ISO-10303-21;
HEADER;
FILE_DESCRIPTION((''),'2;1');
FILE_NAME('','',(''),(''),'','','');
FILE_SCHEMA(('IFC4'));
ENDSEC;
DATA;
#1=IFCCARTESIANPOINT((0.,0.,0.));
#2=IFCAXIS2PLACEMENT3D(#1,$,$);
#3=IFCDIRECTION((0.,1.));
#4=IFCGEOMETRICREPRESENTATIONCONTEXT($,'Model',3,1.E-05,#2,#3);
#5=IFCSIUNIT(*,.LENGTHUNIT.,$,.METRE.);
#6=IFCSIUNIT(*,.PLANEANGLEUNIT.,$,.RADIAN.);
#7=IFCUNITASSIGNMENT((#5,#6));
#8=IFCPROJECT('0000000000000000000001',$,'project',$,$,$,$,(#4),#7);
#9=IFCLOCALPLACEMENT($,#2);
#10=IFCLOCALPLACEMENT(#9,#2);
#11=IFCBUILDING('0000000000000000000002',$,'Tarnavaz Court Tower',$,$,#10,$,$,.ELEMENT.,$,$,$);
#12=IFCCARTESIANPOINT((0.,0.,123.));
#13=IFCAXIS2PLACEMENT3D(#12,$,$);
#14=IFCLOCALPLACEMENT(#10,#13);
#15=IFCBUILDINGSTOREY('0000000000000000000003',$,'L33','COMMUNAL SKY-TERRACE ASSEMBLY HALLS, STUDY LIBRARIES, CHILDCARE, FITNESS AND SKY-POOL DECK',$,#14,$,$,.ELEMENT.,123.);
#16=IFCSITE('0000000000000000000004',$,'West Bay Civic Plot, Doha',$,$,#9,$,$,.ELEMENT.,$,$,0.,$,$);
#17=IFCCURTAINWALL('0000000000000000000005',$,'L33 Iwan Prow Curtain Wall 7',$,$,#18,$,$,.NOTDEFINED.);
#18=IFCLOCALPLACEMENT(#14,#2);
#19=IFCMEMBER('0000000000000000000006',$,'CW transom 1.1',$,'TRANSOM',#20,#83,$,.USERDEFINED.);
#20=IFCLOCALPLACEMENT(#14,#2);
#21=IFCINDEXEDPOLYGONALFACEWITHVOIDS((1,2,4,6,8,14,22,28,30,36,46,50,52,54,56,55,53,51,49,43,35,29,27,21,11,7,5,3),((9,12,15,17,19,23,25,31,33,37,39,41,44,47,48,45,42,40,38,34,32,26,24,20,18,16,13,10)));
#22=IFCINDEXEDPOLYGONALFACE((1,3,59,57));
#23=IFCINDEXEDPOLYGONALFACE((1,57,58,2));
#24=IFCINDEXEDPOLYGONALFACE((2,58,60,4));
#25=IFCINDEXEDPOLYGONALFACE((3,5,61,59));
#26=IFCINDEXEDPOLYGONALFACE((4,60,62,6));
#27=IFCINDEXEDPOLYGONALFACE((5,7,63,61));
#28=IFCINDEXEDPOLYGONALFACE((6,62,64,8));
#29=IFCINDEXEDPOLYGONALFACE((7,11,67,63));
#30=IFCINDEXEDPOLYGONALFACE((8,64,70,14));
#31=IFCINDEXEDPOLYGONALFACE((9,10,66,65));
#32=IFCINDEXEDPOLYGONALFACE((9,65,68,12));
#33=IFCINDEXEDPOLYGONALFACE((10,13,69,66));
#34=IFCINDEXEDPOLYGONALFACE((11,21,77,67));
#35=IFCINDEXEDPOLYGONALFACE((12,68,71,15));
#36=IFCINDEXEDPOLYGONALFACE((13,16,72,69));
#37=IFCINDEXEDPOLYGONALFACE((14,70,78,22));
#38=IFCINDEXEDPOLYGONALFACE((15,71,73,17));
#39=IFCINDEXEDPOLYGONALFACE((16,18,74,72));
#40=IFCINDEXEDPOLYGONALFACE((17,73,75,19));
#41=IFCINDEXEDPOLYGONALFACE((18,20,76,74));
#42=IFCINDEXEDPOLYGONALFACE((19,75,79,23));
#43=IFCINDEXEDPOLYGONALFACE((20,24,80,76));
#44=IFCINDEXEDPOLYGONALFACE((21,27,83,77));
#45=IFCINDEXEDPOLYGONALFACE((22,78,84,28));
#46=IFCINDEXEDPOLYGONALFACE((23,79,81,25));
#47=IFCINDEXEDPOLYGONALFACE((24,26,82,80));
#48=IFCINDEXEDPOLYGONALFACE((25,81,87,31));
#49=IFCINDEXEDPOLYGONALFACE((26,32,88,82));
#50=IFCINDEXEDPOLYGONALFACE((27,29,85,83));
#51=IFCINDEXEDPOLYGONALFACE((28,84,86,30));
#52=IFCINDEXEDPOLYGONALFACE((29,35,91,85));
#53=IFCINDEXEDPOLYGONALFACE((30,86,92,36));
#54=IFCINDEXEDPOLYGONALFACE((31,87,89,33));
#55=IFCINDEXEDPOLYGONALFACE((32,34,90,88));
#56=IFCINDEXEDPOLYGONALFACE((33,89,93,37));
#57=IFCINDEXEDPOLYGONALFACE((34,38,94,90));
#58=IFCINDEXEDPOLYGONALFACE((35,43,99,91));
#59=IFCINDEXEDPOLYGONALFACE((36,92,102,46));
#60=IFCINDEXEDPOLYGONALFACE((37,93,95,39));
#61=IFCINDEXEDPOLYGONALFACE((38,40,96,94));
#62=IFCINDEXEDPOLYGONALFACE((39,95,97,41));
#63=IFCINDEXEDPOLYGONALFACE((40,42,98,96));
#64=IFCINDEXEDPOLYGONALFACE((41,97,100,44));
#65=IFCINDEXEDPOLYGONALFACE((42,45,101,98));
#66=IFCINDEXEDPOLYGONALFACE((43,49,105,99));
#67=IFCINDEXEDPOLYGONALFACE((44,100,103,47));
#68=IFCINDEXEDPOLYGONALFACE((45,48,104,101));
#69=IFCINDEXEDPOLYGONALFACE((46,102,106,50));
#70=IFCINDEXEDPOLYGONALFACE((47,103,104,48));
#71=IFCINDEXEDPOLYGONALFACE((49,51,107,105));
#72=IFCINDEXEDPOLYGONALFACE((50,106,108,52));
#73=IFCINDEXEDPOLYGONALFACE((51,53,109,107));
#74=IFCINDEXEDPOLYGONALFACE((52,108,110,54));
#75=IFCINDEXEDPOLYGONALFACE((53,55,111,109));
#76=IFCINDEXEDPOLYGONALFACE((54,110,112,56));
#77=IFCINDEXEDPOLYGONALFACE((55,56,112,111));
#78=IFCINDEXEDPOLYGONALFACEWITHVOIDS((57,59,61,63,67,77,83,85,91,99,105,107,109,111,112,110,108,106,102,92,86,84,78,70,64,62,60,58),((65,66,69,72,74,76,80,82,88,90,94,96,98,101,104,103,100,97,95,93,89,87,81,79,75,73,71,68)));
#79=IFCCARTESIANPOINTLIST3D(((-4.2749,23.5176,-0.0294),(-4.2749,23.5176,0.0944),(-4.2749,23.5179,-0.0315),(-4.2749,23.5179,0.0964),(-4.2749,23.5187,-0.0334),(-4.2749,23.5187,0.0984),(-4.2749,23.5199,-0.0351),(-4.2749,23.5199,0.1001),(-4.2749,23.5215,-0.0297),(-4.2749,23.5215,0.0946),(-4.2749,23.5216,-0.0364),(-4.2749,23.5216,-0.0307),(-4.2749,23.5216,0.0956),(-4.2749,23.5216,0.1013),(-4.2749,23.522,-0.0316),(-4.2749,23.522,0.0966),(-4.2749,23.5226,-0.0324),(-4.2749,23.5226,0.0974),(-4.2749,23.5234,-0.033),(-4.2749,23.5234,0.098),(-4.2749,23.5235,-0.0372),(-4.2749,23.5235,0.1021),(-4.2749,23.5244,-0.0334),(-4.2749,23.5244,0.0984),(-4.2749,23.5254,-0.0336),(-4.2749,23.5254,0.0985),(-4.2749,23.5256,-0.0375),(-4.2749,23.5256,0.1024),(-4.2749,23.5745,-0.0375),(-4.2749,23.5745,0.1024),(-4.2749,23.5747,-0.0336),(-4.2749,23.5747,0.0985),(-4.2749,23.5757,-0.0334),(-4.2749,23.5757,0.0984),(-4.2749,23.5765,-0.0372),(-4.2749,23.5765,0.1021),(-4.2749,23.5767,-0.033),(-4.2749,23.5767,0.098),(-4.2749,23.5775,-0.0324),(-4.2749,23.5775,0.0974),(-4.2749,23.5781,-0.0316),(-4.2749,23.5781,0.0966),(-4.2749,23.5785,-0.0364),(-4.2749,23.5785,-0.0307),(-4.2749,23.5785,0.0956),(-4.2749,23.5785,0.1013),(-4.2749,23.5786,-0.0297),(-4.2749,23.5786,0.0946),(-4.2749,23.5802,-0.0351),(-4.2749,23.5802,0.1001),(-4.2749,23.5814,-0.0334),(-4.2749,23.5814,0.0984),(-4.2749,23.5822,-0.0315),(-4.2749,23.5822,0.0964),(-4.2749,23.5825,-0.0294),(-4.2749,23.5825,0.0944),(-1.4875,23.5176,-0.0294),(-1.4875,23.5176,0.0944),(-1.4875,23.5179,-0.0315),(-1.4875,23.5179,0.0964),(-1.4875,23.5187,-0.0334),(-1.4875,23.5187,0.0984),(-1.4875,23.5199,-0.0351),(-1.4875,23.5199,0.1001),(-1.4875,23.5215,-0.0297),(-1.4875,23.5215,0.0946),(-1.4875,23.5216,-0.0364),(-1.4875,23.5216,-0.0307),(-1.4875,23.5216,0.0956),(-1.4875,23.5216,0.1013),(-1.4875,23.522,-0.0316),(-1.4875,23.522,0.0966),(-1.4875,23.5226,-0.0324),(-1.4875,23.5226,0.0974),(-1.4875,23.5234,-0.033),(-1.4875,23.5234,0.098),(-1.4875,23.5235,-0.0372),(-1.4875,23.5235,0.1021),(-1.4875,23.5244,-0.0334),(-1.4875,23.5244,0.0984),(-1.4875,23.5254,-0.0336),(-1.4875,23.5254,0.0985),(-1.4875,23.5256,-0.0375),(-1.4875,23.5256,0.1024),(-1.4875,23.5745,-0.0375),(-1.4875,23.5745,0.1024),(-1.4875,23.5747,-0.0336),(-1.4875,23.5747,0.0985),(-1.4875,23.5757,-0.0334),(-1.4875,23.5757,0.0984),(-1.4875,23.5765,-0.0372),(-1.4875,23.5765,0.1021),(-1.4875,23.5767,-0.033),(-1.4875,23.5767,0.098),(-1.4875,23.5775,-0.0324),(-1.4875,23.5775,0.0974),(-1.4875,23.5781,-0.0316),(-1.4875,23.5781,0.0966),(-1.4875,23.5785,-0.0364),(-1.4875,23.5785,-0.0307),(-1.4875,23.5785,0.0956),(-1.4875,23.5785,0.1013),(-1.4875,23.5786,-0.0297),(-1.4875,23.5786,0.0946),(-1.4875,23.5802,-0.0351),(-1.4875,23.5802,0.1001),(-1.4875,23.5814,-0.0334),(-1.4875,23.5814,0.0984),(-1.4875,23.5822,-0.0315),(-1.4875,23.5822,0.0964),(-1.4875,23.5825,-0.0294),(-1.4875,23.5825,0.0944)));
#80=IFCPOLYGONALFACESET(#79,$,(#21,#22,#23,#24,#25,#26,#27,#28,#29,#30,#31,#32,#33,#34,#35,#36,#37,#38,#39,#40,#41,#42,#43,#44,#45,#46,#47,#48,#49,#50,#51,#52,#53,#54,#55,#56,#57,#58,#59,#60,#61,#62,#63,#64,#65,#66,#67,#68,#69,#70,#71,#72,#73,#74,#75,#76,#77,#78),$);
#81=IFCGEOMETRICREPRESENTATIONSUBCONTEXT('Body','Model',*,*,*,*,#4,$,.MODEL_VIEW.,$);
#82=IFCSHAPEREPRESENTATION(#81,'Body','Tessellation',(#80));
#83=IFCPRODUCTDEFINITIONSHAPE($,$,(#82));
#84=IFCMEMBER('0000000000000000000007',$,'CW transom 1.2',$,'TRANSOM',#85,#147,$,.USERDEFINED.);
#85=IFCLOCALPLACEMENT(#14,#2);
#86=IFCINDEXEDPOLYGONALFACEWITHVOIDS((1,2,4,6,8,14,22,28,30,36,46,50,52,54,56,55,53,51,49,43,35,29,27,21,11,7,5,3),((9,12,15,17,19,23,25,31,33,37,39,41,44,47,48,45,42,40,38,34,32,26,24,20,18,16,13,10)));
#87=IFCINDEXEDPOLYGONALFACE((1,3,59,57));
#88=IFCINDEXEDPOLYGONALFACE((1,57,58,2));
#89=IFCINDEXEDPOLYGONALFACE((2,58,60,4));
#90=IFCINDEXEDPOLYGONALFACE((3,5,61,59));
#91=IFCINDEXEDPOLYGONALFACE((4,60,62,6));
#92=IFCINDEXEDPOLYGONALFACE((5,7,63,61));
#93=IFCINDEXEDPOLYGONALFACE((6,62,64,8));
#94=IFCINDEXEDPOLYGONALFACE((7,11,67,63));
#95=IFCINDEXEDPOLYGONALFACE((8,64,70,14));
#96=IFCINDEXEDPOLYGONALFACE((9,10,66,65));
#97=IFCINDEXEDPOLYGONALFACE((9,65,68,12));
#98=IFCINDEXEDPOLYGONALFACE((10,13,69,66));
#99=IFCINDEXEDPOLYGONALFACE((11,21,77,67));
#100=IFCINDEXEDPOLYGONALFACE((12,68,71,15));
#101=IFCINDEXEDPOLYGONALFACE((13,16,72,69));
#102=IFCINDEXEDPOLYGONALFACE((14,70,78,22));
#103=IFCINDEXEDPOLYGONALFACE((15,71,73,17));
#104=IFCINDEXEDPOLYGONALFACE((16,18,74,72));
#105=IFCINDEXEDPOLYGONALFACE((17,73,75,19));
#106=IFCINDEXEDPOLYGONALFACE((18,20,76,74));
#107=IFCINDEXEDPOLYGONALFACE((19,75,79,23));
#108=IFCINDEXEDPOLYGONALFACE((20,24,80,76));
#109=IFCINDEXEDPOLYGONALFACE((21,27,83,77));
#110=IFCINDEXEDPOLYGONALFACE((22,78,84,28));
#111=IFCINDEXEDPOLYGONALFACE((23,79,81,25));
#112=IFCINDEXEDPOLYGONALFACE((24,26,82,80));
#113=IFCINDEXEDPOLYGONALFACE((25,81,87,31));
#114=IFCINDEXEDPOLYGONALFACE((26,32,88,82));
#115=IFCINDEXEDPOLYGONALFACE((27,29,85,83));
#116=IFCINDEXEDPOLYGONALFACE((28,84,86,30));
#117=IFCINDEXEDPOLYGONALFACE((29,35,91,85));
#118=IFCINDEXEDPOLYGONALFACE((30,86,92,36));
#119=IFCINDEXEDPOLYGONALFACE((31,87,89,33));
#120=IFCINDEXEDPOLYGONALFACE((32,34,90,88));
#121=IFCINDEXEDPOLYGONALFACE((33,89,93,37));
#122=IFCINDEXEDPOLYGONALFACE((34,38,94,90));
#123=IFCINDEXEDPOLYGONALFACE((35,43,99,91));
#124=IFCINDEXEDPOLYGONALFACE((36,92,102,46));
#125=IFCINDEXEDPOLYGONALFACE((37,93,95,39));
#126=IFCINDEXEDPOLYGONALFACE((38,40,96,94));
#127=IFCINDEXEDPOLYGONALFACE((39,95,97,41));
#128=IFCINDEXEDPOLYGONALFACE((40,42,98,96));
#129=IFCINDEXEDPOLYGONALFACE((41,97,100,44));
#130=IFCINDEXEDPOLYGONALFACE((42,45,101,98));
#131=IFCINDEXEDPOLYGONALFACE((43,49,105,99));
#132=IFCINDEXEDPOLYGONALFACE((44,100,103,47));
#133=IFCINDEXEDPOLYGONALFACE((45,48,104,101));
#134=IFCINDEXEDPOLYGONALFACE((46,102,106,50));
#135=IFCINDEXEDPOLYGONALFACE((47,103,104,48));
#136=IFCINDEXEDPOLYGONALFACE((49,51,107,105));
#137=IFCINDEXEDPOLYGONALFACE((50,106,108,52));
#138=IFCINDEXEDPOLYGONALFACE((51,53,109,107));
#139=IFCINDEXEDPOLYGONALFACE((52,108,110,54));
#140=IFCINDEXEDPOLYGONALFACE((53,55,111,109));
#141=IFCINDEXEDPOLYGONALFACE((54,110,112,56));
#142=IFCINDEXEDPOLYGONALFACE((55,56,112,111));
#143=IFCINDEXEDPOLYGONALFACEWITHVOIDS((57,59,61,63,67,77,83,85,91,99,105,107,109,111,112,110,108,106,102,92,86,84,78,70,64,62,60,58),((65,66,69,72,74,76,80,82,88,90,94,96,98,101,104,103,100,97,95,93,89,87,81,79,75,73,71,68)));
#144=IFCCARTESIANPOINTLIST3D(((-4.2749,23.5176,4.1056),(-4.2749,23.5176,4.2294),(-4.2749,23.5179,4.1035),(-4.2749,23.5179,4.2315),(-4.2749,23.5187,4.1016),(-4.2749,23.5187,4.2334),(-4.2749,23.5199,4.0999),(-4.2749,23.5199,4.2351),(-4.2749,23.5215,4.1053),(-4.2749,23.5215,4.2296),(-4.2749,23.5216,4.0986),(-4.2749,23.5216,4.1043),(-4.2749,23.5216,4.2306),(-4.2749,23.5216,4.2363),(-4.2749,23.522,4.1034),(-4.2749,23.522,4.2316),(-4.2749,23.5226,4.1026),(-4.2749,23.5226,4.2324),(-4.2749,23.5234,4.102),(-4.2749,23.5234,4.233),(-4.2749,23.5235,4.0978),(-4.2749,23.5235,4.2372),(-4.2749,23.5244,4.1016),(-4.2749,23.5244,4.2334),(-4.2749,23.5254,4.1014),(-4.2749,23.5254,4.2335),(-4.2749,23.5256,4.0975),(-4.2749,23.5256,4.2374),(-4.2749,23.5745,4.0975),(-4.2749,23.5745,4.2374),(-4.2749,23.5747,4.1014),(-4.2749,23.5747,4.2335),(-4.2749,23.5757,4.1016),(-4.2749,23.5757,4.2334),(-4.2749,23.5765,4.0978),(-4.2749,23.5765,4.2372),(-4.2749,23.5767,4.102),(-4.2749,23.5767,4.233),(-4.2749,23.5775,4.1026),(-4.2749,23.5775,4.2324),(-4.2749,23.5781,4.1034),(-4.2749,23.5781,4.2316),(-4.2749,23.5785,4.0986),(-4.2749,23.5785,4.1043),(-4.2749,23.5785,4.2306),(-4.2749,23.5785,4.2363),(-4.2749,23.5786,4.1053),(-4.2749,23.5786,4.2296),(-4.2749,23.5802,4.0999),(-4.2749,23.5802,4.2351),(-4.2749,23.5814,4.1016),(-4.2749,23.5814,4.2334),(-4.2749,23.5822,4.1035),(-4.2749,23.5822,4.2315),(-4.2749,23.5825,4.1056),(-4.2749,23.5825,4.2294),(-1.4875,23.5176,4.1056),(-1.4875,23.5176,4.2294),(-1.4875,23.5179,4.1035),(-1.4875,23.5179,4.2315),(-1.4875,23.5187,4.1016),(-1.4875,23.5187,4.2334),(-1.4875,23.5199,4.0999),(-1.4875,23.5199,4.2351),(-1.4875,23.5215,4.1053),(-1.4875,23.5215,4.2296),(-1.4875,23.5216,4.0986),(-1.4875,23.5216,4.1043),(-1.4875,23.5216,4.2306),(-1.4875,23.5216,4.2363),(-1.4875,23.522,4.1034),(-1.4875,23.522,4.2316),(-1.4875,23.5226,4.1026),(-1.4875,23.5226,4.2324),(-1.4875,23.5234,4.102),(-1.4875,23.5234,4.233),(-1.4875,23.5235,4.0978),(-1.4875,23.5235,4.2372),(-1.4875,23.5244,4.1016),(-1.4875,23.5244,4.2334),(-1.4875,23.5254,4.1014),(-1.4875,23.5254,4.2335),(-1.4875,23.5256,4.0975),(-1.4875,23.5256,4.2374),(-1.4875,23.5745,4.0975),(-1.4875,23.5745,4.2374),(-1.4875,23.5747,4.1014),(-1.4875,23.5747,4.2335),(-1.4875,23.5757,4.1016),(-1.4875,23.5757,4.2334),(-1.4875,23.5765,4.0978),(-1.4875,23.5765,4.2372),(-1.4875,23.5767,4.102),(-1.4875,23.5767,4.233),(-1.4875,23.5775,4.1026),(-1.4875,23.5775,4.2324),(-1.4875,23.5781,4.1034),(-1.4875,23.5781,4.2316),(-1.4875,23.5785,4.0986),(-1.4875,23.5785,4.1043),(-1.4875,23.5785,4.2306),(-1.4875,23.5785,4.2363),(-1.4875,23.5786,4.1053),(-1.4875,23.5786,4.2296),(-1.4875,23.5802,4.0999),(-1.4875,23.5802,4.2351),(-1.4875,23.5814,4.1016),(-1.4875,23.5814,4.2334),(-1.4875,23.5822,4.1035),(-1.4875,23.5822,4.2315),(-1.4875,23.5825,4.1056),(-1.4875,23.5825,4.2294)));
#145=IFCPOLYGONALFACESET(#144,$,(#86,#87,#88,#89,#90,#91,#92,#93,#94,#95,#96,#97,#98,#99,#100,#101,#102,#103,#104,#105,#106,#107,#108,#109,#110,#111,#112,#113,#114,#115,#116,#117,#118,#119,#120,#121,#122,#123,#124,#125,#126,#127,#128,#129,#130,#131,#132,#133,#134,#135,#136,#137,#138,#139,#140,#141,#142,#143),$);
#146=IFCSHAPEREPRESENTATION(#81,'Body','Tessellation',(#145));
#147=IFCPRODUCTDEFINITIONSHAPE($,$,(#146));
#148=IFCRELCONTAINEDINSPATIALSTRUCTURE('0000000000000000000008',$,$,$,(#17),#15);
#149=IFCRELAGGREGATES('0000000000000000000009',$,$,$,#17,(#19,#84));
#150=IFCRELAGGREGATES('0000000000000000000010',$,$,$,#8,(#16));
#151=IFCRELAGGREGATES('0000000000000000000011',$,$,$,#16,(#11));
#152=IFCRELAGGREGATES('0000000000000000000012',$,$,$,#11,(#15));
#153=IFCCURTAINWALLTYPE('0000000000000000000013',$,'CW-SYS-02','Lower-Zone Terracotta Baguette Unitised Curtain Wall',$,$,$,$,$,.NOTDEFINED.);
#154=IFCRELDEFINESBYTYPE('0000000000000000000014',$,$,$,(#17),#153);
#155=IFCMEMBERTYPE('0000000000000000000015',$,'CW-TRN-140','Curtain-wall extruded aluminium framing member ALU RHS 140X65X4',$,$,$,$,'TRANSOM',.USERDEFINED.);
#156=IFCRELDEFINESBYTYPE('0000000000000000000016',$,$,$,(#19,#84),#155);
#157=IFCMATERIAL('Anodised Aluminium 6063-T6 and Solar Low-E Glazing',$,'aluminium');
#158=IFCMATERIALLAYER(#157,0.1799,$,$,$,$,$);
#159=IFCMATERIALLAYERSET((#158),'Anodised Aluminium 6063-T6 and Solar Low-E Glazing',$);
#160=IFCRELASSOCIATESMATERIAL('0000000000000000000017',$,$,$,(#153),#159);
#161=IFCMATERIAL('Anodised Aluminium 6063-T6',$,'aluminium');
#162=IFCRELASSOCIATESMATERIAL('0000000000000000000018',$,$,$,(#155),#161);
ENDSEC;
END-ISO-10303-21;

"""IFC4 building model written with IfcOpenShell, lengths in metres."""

from ifc_helpers import new_model, si_unit, direction, frame, origin, origin_2d, place, context, subcontext, project, spatial, hollow_rectangle, extrude, material, layer, layer_set, material_profile, profile_set, type_object, element, aggregate, save


model = new_model("IFC4")

# Units and contexts
model_context = context("Model", 3, precision=1e-05, world=origin(), true_north=direction((0.0, 1.0)))
body_context = subcontext(model_context, "Body", "Model", "MODEL_VIEW")
ifc_project = project(units=[si_unit("LENGTHUNIT", "METRE"), si_unit("PLANEANGLEUNIT", "RADIAN")], contexts=[model_context])

# Site, building, storey
site_placement = place(None, origin())
site = spatial("IfcSite", under=ifc_project, at=site_placement, Name="West Bay Civic Plot, Doha", CompositionType="ELEMENT", RefElevation=0.0)
building_placement = place(site_placement, origin())
building = spatial("IfcBuilding", under=site, at=building_placement, Name="Tarnavaz Court Tower", CompositionType="ELEMENT")
storey_placement = place(building_placement, frame((0.0, 0.0, 123.0)))
storey = spatial("IfcBuildingStorey", under=building, at=storey_placement, Name="L33", Description="COMMUNAL SKY-TERRACE ASSEMBLY HALLS, STUDY LIBRARIES, CHILDCARE, FITNESS AND SKY-POOL DECK", CompositionType="ELEMENT", Elevation=123.0)

# Curtain wall, members
ifc_material_1 = material(Name="Anodised Aluminium 6063-T6 and Solar Low-E Glazing", Category="aluminium")
ifc_layer_1 = layer(ifc_material_1, 0.1799)
ifc_layer_set_1 = layer_set([ifc_layer_1], Name="Anodised Aluminium 6063-T6 and Solar Low-E Glazing")
curtain_wall_type = type_object("IfcCurtainWallType", Name="CW-SYS-02", Description="Lower-Zone Terracotta Baguette Unitised Curtain Wall", PredefinedType="NOTDEFINED", material=ifc_layer_set_1)
curtain_wall_placement = place(storey_placement, origin())
curtain_wall = element("IfcCurtainWall", 1, at=curtain_wall_placement, inside=storey, type_object=curtain_wall_type, Name="L33 Iwan Prow Curtain Wall 7", PredefinedType="NOTDEFINED")
ifc_material_2 = material(Name="Anodised Aluminium 6063-T6", Category="aluminium")
ifc_material_profile_1 = material_profile(ifc_material_2, hollow_rectangle(XDim=0.0649, YDim=0.1399, WallThickness=0.0039, InnerFilletRadius=0.0039, OuterFilletRadius=0.0081, at=origin_2d()), Name="ALU RHS 140X65X4")
ifc_profile_set_1 = profile_set([ifc_material_profile_1], Name="Anodised Aluminium 6063-T6")
member_type_1 = type_object("IfcMemberType", Name="CW-TRN-140", Description="Curtain-wall extruded aluminium framing member ALU RHS 140X65X4", ElementType="TRANSOM", PredefinedType="USERDEFINED", material=ifc_profile_set_1)
member_1_placement = place(storey_placement, frame((-4.2749, 23.55, 0.0325), z_axis=(1.0, 0.0, 0.0), x_axis=(0.0, 1.0, 0.0)))
member_1 = element("IfcMember", 2, at=member_1_placement, type_object=member_type_1, Name="CW transom 1.1", ObjectType="TRANSOM", PredefinedType="USERDEFINED", context=body_context, shape_type="SweptSolid", body=[
    extrude(hollow_rectangle(XDim=0.0649, YDim=0.1399, WallThickness=0.0039, InnerFilletRadius=0.0039, OuterFilletRadius=0.0081, at=origin_2d()), origin(), (0.0, 0.0, 1.0), 2.7874),
])
member_2_placement = place(storey_placement, frame((-4.2749, 23.55, 4.1675), z_axis=(1.0, 0.0, 0.0), x_axis=(0.0, 1.0, 0.0)))
member_2 = element("IfcMember", 3, at=member_2_placement, type_object=member_type_1, Name="CW transom 1.2", ObjectType="TRANSOM", PredefinedType="USERDEFINED", context=body_context, shape_type="SweptSolid", body=[
    extrude(hollow_rectangle(XDim=0.0649, YDim=0.1399, WallThickness=0.0039, InnerFilletRadius=0.0039, OuterFilletRadius=0.0081, at=origin_2d()), origin(), (0.0, 0.0, 1.0), 2.7874),
])
aggregate(curtain_wall, [member_1, member_2])

save(model, "model.ifc")
